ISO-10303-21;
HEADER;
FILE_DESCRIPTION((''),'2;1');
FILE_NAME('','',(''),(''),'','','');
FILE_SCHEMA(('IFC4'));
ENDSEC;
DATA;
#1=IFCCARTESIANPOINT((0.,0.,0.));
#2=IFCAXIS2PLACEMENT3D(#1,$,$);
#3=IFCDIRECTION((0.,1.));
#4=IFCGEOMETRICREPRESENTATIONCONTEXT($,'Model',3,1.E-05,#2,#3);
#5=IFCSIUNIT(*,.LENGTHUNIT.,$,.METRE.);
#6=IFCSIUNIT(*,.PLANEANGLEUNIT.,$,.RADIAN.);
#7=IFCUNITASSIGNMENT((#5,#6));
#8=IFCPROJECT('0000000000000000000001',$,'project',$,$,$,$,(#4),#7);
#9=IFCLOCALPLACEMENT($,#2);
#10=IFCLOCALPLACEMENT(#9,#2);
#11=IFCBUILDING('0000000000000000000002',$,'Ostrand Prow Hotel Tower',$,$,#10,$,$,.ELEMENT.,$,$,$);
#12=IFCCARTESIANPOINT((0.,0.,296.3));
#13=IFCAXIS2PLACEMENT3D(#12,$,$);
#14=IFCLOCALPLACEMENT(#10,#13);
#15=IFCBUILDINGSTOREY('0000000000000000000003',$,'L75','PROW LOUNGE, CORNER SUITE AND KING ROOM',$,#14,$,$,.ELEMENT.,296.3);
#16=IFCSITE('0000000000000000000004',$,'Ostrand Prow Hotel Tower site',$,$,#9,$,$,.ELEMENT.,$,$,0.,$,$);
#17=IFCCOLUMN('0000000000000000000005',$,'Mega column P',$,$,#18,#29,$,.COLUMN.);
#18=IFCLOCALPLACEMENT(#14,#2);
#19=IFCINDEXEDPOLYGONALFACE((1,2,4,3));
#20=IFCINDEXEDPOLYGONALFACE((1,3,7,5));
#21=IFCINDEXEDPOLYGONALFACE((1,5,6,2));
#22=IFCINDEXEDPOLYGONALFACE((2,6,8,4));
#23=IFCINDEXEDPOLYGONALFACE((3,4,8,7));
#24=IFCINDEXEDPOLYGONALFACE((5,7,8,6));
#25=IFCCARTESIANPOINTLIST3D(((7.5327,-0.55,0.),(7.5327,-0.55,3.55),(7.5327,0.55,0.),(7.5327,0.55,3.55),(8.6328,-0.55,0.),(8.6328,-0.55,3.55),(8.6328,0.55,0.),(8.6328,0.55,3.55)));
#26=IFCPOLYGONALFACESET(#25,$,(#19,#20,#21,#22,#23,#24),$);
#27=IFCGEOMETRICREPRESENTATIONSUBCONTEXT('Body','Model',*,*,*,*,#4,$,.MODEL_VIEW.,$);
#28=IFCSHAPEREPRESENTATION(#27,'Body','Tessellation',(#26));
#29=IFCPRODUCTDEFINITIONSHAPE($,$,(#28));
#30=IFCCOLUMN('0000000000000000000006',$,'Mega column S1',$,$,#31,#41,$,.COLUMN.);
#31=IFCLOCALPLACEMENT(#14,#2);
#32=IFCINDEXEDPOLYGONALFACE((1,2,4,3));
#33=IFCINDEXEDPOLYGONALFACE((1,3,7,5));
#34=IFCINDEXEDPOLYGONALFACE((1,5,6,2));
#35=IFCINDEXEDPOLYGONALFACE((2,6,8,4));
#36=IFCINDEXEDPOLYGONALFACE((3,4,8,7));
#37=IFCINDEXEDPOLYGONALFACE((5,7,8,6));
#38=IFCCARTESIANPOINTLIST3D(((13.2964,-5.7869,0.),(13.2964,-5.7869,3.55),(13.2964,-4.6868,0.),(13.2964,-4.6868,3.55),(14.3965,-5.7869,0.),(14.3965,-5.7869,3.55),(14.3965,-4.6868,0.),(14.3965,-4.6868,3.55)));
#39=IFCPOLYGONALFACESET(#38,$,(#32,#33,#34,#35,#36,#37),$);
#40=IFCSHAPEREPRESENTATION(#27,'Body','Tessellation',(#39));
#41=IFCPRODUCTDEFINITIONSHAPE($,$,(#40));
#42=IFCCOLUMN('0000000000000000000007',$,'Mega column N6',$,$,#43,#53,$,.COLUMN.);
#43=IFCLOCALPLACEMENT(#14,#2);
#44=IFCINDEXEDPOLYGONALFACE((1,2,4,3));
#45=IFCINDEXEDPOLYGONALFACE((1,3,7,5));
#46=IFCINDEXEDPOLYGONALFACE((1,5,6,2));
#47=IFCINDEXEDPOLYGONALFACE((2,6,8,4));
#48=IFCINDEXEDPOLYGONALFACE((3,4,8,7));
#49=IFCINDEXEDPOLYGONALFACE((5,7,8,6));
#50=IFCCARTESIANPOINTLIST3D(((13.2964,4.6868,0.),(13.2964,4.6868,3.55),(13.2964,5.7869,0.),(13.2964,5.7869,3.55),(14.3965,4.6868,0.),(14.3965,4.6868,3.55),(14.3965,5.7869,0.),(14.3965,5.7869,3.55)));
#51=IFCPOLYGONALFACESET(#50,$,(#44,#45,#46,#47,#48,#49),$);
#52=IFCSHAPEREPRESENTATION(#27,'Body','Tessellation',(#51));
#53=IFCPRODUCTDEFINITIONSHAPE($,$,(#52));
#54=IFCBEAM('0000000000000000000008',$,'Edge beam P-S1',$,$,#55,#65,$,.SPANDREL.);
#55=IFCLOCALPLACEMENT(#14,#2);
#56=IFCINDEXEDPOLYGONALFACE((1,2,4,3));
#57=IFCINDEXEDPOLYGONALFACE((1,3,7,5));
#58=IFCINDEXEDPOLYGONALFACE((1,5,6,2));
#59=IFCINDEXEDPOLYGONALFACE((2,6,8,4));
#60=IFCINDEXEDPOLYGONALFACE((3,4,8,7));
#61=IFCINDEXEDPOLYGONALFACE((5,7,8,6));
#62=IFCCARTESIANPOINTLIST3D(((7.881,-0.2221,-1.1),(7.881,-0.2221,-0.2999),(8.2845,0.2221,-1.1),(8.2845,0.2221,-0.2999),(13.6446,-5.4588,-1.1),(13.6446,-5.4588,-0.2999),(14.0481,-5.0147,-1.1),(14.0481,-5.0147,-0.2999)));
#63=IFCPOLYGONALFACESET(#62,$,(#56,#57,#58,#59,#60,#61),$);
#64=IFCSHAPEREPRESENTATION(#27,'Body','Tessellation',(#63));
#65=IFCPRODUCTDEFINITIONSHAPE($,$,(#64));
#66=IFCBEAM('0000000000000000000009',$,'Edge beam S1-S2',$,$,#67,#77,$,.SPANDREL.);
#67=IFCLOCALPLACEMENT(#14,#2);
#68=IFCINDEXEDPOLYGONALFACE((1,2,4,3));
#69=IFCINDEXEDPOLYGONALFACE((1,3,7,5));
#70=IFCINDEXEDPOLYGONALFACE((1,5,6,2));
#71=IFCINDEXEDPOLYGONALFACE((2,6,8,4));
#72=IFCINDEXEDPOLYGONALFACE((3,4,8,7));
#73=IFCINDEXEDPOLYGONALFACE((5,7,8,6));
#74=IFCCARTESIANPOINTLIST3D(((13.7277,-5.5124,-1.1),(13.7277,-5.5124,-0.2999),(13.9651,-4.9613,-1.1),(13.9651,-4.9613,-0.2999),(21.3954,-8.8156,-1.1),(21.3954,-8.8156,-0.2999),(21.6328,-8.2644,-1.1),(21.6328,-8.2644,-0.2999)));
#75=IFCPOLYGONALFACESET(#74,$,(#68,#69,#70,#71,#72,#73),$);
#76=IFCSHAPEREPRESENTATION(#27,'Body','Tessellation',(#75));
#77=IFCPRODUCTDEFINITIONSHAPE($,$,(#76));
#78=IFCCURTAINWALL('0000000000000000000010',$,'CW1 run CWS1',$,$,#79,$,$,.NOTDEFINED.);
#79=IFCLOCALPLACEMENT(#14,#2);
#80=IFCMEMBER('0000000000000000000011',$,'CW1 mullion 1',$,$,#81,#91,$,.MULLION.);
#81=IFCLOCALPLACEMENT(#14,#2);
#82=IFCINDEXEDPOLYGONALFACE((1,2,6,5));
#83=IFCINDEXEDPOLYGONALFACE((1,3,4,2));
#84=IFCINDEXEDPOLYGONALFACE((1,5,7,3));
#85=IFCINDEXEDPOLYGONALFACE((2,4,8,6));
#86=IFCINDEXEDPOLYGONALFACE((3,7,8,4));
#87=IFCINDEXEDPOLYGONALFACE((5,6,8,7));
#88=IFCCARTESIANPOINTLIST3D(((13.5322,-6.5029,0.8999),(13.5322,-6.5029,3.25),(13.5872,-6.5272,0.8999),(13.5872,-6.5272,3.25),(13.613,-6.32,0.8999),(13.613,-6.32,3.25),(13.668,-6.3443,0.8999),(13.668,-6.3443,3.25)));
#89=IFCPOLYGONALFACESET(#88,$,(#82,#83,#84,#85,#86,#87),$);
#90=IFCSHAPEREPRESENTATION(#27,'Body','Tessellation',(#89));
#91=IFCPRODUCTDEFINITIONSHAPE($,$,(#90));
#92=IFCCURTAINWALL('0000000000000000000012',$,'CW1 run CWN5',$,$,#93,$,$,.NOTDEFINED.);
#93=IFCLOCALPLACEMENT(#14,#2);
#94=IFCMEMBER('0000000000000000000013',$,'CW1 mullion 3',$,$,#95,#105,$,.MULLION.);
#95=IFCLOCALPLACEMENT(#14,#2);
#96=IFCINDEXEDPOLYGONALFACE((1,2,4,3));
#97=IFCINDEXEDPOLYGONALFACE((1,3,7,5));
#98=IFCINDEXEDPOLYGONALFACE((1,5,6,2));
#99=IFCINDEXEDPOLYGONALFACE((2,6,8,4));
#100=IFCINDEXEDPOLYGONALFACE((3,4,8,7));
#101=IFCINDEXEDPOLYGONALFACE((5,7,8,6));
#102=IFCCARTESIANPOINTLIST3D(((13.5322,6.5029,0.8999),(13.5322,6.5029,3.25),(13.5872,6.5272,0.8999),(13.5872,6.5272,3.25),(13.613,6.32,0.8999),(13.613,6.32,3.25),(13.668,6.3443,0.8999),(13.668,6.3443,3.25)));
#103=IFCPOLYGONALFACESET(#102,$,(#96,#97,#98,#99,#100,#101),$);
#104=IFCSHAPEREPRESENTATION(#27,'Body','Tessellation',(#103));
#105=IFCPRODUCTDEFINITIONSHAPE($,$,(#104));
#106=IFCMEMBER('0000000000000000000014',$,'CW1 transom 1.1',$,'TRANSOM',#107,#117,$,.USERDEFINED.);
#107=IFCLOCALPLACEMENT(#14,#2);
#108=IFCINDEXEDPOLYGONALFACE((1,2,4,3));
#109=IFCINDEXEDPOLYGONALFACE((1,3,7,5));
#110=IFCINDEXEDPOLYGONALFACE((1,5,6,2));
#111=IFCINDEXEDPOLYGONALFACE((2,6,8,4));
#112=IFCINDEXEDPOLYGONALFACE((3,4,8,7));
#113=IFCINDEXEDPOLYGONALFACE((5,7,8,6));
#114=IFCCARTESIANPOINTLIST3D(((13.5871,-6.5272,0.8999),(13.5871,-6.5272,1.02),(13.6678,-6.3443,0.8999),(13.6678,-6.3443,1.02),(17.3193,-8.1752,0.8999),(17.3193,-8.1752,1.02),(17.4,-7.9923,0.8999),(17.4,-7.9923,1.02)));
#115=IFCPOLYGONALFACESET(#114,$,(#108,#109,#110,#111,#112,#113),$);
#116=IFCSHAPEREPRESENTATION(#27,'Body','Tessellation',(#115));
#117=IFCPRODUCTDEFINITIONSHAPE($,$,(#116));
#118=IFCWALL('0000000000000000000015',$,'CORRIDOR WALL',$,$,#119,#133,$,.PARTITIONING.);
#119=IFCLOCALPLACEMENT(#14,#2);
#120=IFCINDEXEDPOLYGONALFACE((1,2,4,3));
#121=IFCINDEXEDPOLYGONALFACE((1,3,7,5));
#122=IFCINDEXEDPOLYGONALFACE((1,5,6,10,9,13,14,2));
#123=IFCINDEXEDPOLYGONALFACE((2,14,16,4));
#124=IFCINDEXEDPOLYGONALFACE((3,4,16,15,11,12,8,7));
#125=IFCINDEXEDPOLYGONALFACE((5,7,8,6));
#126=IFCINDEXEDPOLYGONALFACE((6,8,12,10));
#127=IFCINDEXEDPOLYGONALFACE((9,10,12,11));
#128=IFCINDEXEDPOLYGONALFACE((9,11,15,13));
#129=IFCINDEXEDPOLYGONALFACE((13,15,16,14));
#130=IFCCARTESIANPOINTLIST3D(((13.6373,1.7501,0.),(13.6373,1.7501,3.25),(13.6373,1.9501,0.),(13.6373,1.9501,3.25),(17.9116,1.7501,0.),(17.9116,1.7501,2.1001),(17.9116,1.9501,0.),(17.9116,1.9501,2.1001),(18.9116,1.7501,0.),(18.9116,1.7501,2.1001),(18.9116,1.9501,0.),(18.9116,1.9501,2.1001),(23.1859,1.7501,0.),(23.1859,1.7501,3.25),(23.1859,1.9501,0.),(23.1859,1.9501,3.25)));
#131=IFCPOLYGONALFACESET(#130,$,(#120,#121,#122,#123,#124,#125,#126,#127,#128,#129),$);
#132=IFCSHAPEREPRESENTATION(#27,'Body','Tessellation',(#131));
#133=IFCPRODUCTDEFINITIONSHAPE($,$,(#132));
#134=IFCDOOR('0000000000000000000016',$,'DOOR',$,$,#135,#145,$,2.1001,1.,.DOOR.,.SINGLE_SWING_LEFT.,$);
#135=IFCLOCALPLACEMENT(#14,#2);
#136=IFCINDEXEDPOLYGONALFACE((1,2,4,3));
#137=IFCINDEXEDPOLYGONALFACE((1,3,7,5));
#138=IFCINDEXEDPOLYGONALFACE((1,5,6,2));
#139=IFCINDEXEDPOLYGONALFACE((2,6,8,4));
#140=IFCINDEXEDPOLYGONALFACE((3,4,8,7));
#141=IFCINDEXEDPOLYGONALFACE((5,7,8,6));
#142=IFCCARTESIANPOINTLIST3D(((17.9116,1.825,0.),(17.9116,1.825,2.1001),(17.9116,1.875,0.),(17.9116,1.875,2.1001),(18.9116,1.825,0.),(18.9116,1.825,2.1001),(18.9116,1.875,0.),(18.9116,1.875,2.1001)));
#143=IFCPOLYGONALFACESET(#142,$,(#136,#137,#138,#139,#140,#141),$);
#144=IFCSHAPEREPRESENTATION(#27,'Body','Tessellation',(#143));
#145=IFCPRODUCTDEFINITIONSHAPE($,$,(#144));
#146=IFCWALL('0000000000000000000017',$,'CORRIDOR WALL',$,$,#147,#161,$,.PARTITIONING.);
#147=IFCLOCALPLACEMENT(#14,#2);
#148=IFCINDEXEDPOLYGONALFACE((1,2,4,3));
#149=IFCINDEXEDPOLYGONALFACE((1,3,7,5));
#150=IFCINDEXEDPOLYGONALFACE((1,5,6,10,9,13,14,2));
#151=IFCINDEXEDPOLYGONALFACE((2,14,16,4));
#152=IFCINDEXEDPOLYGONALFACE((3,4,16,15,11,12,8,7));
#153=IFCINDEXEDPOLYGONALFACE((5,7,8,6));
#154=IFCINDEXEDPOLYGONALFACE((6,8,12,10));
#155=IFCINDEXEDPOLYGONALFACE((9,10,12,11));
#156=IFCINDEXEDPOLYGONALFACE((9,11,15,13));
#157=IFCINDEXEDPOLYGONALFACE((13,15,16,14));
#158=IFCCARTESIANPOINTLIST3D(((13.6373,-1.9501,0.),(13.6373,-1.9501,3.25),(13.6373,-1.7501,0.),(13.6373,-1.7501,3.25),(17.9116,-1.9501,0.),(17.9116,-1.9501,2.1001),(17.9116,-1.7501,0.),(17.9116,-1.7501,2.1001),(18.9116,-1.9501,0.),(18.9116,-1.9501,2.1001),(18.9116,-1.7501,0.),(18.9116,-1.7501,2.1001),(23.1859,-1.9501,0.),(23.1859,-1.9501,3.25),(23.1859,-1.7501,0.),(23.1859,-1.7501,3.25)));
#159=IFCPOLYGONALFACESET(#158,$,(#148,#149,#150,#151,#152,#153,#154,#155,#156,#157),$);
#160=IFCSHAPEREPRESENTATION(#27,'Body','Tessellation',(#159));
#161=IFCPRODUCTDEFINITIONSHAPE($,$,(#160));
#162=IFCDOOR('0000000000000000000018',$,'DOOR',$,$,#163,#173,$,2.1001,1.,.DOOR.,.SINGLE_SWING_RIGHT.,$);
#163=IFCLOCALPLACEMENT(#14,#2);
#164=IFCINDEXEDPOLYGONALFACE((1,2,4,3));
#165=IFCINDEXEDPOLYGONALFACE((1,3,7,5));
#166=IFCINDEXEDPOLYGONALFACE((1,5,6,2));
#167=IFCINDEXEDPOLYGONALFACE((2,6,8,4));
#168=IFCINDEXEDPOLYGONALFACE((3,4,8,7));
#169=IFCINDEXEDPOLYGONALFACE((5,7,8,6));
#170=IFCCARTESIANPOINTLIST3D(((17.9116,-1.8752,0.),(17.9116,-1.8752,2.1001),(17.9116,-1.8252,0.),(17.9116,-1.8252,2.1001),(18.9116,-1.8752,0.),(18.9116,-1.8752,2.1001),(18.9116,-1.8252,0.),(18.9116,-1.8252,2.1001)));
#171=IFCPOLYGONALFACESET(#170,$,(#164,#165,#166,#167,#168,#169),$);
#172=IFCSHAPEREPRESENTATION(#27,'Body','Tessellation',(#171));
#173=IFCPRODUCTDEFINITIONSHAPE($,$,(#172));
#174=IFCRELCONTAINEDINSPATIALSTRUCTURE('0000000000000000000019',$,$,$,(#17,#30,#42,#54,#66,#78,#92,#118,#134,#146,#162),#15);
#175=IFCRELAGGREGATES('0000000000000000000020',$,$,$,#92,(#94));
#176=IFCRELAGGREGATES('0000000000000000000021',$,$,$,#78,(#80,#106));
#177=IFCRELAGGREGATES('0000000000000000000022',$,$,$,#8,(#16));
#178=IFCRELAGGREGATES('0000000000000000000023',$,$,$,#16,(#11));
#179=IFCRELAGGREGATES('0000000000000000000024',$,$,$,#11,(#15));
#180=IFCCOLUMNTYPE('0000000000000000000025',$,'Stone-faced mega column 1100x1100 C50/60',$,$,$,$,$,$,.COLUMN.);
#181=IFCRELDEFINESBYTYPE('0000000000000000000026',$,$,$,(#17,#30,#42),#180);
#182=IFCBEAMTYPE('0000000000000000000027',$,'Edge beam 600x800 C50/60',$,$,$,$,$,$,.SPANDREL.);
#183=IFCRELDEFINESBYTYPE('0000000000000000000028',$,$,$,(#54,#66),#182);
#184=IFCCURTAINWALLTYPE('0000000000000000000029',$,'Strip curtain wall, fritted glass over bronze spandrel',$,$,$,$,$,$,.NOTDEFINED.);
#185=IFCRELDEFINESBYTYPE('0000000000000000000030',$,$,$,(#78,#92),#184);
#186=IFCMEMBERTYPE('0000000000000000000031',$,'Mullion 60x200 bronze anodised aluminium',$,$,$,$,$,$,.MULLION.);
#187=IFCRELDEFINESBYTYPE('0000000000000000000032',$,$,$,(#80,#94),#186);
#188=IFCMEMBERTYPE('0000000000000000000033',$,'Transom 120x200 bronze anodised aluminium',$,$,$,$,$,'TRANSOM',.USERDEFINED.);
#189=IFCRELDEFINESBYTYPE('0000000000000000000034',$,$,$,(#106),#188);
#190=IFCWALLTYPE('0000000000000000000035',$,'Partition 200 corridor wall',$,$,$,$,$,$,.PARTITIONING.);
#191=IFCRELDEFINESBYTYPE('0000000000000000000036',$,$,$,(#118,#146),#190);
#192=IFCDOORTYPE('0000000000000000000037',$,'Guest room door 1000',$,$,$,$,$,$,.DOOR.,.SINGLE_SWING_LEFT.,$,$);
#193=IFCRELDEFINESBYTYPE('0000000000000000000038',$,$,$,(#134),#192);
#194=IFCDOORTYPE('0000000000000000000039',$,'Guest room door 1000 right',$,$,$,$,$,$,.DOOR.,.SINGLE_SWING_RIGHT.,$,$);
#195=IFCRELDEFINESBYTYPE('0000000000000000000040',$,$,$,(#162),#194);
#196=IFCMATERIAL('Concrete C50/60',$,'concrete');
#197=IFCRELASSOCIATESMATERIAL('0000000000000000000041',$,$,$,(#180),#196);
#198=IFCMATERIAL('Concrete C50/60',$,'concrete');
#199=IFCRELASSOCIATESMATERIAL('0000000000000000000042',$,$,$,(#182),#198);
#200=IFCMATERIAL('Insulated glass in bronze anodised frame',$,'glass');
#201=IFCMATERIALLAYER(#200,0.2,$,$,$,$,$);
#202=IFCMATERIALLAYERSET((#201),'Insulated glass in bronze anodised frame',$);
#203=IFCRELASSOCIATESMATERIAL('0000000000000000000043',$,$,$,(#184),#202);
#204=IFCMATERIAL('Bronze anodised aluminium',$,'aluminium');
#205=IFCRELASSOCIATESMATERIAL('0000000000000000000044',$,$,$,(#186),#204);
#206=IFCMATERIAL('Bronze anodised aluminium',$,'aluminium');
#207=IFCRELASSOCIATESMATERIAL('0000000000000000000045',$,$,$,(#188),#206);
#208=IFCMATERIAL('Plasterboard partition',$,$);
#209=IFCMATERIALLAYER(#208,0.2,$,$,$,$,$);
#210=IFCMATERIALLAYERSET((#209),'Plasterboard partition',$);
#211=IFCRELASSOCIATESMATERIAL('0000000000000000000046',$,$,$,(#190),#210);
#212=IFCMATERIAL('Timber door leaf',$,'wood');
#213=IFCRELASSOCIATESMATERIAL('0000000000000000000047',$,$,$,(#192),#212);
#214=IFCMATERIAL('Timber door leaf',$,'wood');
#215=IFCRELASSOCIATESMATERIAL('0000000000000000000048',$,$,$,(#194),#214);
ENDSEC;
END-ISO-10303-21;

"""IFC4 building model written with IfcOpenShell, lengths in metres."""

from ifc_helpers import new_model, si_unit, direction, frame, frame_2d, origin, origin_2d, place, context, subcontext, project, spatial, rectangle, extrude, material, layer, layer_set, material_profile, profile_set, type_object, element, fill, aggregate, save


model = new_model("IFC4")

# Units and contexts
model_context = context("Model", 3, precision=1e-05, world=origin(), true_north=direction((0.0, 1.0)))
body_context = subcontext(model_context, "Body", "Model", "MODEL_VIEW")
ifc_project = project(units=[si_unit("LENGTHUNIT", "METRE"), si_unit("PLANEANGLEUNIT", "RADIAN")], contexts=[model_context])

# Site, building, storey
site_placement = place(None, origin())
site = spatial("IfcSite", under=ifc_project, at=site_placement, Name="Ostrand Prow Hotel Tower site", CompositionType="ELEMENT", RefElevation=0.0)
building_placement = place(site_placement, origin())
building = spatial("IfcBuilding", under=site, at=building_placement, Name="Ostrand Prow Hotel Tower", CompositionType="ELEMENT")
storey_placement = place(building_placement, frame((0.0, 0.0, 296.3)))
storey = spatial("IfcBuildingStorey", under=building, at=storey_placement, Name="L75", Description="PROW LOUNGE, CORNER SUITE AND KING ROOM", CompositionType="ELEMENT", Elevation=296.3)

# Columns
ifc_material_1 = material(Name="Concrete C50/60", Category="concrete")
ifc_material_profile_1 = material_profile(ifc_material_1, rectangle(XDim=1.1001, YDim=1.1001, at=origin_2d()), Name="RC 1100x1100")
ifc_profile_set_1 = profile_set([ifc_material_profile_1], Name="Concrete C50/60")
column_type = type_object("IfcColumnType", Name="Stone-faced mega column 1100x1100 C50/60", PredefinedType="COLUMN", material=ifc_profile_set_1)
for number, where, z_axis, x_axis, name in (
    (1, (8.0828, 0.0, 0.0), (0.0, 0.0, 1.0), (1.0, 0.0, 0.0), "Mega column P"),
    (2, (13.8464, -5.2368, 0.0), (0.0, 0.0, 1.0), (1.0, 0.0, 0.0), "Mega column S1"),
    (3, (13.8464, 5.2368, 0.0), (0.0, 0.0, 1.0), (1.0, 0.0, 0.0), "Mega column N6"),
):
    element("IfcColumn", number, at=place(storey_placement, frame(where, z_axis=z_axis, x_axis=x_axis)), inside=storey, type_object=column_type, Name=name, PredefinedType="COLUMN", context=body_context, shape_type="SweptSolid", body=[
        extrude(rectangle(XDim=1.1001, YDim=1.1001, at=origin_2d()), origin(), (0.0, 0.0, 1.0), 3.55),
    ])

# Beams
ifc_material_2 = material(Name="Concrete C50/60", Category="concrete")
ifc_material_profile_2 = material_profile(ifc_material_2, rectangle(XDim=0.6001, YDim=0.8, at=origin_2d()), Name="RC 600x800")
ifc_profile_set_2 = profile_set([ifc_material_profile_2], Name="Concrete C50/60")
beam_type = type_object("IfcBeamType", Name="Edge beam 600x800 C50/60", PredefinedType="SPANDREL", material=ifc_profile_set_2)
beam_1_placement = place(storey_placement, frame((8.0828, 0.0, -0.7), z_axis=(0.740124, -0.67247, 0.0), x_axis=(0.67247, 0.740124, 0.0)))
element("IfcBeam", 4, at=beam_1_placement, inside=storey, type_object=beam_type, Name="Edge beam P-S1", PredefinedType="SPANDREL", context=body_context, shape_type="SweptSolid", body=[
    extrude(rectangle(XDim=0.6001, YDim=0.8, at=origin_2d()), origin(), (0.0, 0.0, 1.0), 7.7874),
])
beam_2_placement = place(storey_placement, frame((13.8464, -5.2368, -0.7), z_axis=(0.918404, -0.395644, 0.0), x_axis=(0.395644, 0.918404, 0.0)))
element("IfcBeam", 5, at=beam_2_placement, inside=storey, type_object=beam_type, Name="Edge beam S1-S2", PredefinedType="SPANDREL", context=body_context, shape_type="SweptSolid", body=[
    extrude(rectangle(XDim=0.6001, YDim=0.8, at=origin_2d()), origin(), (0.0, 0.0, 1.0), 8.3489),
])

# Curtain walls, members
ifc_material_3 = material(Name="Insulated glass in bronze anodised frame", Category="glass")
ifc_layer_1 = layer(ifc_material_3, 0.2)
ifc_layer_set_1 = layer_set([ifc_layer_1], Name="Insulated glass in bronze anodised frame")
curtain_wall_type = type_object("IfcCurtainWallType", Name="Strip curtain wall, fritted glass over bronze spandrel", PredefinedType="NOTDEFINED", material=ifc_layer_set_1)
curtain_wall_1_placement = place(storey_placement, origin())
curtain_wall_1 = element("IfcCurtainWall", 6, at=curtain_wall_1_placement, inside=storey, type_object=curtain_wall_type, Name="CW1 run CWS1", PredefinedType="NOTDEFINED")
ifc_material_4 = material(Name="Bronze anodised aluminium", Category="aluminium")
ifc_material_profile_3 = material_profile(ifc_material_4, rectangle(XDim=0.2, YDim=0.0601, at=origin_2d()), Name="Mullion 60x200 bronze anodised aluminium")
ifc_profile_set_3 = profile_set([ifc_material_profile_3], Name="Bronze anodised aluminium")
member_type_1 = type_object("IfcMemberType", Name="Mullion 60x200 bronze anodised aluminium", PredefinedType="MULLION", material=ifc_profile_set_3)
member_1_placement = place(storey_placement, frame((13.6001, -6.4236, 0.8999), z_axis=(0.0, 0.0, 1.0), x_axis=(0.40394, 0.914786, 0.0)))
member_1 = element("IfcMember", 7, at=member_1_placement, type_object=member_type_1, Name="CW1 mullion 1", PredefinedType="MULLION", context=body_context, shape_type="SweptSolid", body=[
    extrude(rectangle(XDim=0.2, YDim=0.0601, at=origin_2d()), origin(), (0.0, 0.0, 1.0), 2.3501),
])
curtain_wall_2_placement = place(storey_placement, origin())
curtain_wall_2 = element("IfcCurtainWall", 8, at=curtain_wall_2_placement, inside=storey, type_object=curtain_wall_type, Name="CW1 run CWN5", PredefinedType="NOTDEFINED")
member_2_placement = place(storey_placement, frame((13.6001, 6.4236, 0.8999), z_axis=(0.0, 0.0, 1.0), x_axis=(0.40394, -0.914786, 0.0)))
member_2 = element("IfcMember", 9, at=member_2_placement, type_object=member_type_1, Name="CW1 mullion 3", PredefinedType="MULLION", context=body_context, shape_type="SweptSolid", body=[
    extrude(rectangle(XDim=0.2, YDim=0.0601, at=origin_2d()), origin(), (0.0, 0.0, 1.0), 2.3501),
])
aggregate(curtain_wall_2, [member_2])

# Member
ifc_material_5 = material(Name="Bronze anodised aluminium", Category="aluminium")
ifc_material_profile_4 = material_profile(ifc_material_5, rectangle(XDim=0.2, YDim=0.1201, at=origin_2d()), Name="Transom 120x200 bronze anodised aluminium")
ifc_profile_set_4 = profile_set([ifc_material_profile_4], Name="Bronze anodised aluminium")
member_type_2 = type_object("IfcMemberType", Name="Transom 120x200 bronze anodised aluminium", ElementType="TRANSOM", PredefinedType="USERDEFINED", material=ifc_profile_set_4)
member_3_placement = place(storey_placement, frame((13.6274, -6.4358, 0.96), z_axis=(0.914791, -0.403927, 0.0), x_axis=(0.403927, 0.914791, 0.0)))
member_3 = element("IfcMember", 10, at=member_3_placement, type_object=member_type_2, Name="CW1 transom 1.1", ObjectType="TRANSOM", PredefinedType="USERDEFINED", context=body_context, shape_type="SweptSolid", body=[
    extrude(rectangle(XDim=0.2, YDim=0.1201, at=origin_2d()), origin(), (0.0, 0.0, 1.0), 4.0798),
])
aggregate(curtain_wall_1, [member_1, member_3])

# Walls, openings, doors
ifc_material_6 = material(Name="Plasterboard partition")
ifc_layer_2 = layer(ifc_material_6, 0.2)
ifc_layer_set_2 = layer_set([ifc_layer_2], Name="Plasterboard partition")
wall_type_1 = type_object("IfcWallType", Name="Partition 200 corridor wall", PredefinedType="PARTITIONING", material=ifc_layer_set_2)
wall_1_placement = place(storey_placement, frame((13.6372, 1.8501, 0.0), z_axis=(0.0, 0.0, 1.0), x_axis=(1.0, 0.0, 0.0)))
wall_1 = element("IfcWall", 11, at=wall_1_placement, inside=storey, type_object=wall_type_1, Name="CORRIDOR WALL", PredefinedType="PARTITIONING", context=body_context, shape_type="SweptSolid", body=[
    extrude(rectangle(XDim=9.5486, YDim=0.2, at=frame_2d((4.7744, 0.0))), origin(), (0.0, 0.0, 1.0), 3.25),
])
opening_1_placement = place(wall_1_placement, frame((4.2744, 0.0, 0.0)))
opening_1 = element("IfcOpeningElement", 12, at=opening_1_placement, cuts=wall_1, PredefinedType="OPENING", context=body_context, shape_type="SweptSolid", body=[
    extrude(rectangle(XDim=1.0, YDim=2.1001, at=frame_2d((0.5, 1.05))), frame((0.0, 0.1099, 0.0), z_axis=(0.0, -1.0, 0.0), x_axis=(1.0, 0.0, 0.0)), (0.0, 0.0, 1.0), 0.22),
])
ifc_material_7 = material(Name="Timber door leaf", Category="wood")
door_type_1 = type_object("IfcDoorType", Name="Guest room door 1000", OperationType="SINGLE_SWING_LEFT", PredefinedType="DOOR", material=ifc_material_7)
door_1_placement = place(opening_1_placement, origin())
door_1 = element("IfcDoor", 13, at=door_1_placement, inside=storey, type_object=door_type_1, Name="DOOR", OperationType="SINGLE_SWING_LEFT", OverallHeight=2.1001, OverallWidth=1.0, PredefinedType="DOOR", context=body_context, shape_type="SweptSolid", body=[
    extrude(rectangle(XDim=1.0, YDim=2.1001, at=frame_2d((0.5, 1.05))), frame((0.0, 0.0249, 0.0), z_axis=(0.0, -1.0, 0.0), x_axis=(1.0, 0.0, 0.0)), (0.0, 0.0, 1.0), 0.05),
])
fill(opening_1, door_1)
wall_2_placement = place(storey_placement, frame((13.6372, -1.8501, 0.0), z_axis=(0.0, 0.0, 1.0), x_axis=(1.0, 0.0, 0.0)))
wall_2 = element("IfcWall", 14, at=wall_2_placement, inside=storey, type_object=wall_type_1, Name="CORRIDOR WALL", PredefinedType="PARTITIONING", context=body_context, shape_type="SweptSolid", body=[
    extrude(rectangle(XDim=9.5486, YDim=0.2, at=frame_2d((4.7744, 0.0))), origin(), (0.0, 0.0, 1.0), 3.25),
])
opening_2_placement = place(wall_2_placement, frame((4.2744, 0.0, 0.0)))
opening_2 = element("IfcOpeningElement", 15, at=opening_2_placement, cuts=wall_2, PredefinedType="OPENING", context=body_context, shape_type="SweptSolid", body=[
    extrude(rectangle(XDim=1.0, YDim=2.1001, at=frame_2d((0.5, 1.05))), frame((0.0, 0.1099, 0.0), z_axis=(0.0, -1.0, 0.0), x_axis=(1.0, 0.0, 0.0)), (0.0, 0.0, 1.0), 0.22),
])
ifc_material_8 = material(Name="Timber door leaf", Category="wood")
door_type_2 = type_object("IfcDoorType", Name="Guest room door 1000 right", OperationType="SINGLE_SWING_RIGHT", PredefinedType="DOOR", material=ifc_material_8)
door_2_placement = place(opening_2_placement, origin())
door_2 = element("IfcDoor", 16, at=door_2_placement, inside=storey, type_object=door_type_2, Name="DOOR", OperationType="SINGLE_SWING_RIGHT", OverallHeight=2.1001, OverallWidth=1.0, PredefinedType="DOOR", context=body_context, shape_type="SweptSolid", body=[
    extrude(rectangle(XDim=1.0, YDim=2.1001, at=frame_2d((0.5, 1.05))), frame((0.0, 0.0249, 0.0), z_axis=(0.0, -1.0, 0.0), x_axis=(1.0, 0.0, 0.0)), (0.0, 0.0, 1.0), 0.05),
])
fill(opening_2, door_2)

save(model, "model.ifc")
